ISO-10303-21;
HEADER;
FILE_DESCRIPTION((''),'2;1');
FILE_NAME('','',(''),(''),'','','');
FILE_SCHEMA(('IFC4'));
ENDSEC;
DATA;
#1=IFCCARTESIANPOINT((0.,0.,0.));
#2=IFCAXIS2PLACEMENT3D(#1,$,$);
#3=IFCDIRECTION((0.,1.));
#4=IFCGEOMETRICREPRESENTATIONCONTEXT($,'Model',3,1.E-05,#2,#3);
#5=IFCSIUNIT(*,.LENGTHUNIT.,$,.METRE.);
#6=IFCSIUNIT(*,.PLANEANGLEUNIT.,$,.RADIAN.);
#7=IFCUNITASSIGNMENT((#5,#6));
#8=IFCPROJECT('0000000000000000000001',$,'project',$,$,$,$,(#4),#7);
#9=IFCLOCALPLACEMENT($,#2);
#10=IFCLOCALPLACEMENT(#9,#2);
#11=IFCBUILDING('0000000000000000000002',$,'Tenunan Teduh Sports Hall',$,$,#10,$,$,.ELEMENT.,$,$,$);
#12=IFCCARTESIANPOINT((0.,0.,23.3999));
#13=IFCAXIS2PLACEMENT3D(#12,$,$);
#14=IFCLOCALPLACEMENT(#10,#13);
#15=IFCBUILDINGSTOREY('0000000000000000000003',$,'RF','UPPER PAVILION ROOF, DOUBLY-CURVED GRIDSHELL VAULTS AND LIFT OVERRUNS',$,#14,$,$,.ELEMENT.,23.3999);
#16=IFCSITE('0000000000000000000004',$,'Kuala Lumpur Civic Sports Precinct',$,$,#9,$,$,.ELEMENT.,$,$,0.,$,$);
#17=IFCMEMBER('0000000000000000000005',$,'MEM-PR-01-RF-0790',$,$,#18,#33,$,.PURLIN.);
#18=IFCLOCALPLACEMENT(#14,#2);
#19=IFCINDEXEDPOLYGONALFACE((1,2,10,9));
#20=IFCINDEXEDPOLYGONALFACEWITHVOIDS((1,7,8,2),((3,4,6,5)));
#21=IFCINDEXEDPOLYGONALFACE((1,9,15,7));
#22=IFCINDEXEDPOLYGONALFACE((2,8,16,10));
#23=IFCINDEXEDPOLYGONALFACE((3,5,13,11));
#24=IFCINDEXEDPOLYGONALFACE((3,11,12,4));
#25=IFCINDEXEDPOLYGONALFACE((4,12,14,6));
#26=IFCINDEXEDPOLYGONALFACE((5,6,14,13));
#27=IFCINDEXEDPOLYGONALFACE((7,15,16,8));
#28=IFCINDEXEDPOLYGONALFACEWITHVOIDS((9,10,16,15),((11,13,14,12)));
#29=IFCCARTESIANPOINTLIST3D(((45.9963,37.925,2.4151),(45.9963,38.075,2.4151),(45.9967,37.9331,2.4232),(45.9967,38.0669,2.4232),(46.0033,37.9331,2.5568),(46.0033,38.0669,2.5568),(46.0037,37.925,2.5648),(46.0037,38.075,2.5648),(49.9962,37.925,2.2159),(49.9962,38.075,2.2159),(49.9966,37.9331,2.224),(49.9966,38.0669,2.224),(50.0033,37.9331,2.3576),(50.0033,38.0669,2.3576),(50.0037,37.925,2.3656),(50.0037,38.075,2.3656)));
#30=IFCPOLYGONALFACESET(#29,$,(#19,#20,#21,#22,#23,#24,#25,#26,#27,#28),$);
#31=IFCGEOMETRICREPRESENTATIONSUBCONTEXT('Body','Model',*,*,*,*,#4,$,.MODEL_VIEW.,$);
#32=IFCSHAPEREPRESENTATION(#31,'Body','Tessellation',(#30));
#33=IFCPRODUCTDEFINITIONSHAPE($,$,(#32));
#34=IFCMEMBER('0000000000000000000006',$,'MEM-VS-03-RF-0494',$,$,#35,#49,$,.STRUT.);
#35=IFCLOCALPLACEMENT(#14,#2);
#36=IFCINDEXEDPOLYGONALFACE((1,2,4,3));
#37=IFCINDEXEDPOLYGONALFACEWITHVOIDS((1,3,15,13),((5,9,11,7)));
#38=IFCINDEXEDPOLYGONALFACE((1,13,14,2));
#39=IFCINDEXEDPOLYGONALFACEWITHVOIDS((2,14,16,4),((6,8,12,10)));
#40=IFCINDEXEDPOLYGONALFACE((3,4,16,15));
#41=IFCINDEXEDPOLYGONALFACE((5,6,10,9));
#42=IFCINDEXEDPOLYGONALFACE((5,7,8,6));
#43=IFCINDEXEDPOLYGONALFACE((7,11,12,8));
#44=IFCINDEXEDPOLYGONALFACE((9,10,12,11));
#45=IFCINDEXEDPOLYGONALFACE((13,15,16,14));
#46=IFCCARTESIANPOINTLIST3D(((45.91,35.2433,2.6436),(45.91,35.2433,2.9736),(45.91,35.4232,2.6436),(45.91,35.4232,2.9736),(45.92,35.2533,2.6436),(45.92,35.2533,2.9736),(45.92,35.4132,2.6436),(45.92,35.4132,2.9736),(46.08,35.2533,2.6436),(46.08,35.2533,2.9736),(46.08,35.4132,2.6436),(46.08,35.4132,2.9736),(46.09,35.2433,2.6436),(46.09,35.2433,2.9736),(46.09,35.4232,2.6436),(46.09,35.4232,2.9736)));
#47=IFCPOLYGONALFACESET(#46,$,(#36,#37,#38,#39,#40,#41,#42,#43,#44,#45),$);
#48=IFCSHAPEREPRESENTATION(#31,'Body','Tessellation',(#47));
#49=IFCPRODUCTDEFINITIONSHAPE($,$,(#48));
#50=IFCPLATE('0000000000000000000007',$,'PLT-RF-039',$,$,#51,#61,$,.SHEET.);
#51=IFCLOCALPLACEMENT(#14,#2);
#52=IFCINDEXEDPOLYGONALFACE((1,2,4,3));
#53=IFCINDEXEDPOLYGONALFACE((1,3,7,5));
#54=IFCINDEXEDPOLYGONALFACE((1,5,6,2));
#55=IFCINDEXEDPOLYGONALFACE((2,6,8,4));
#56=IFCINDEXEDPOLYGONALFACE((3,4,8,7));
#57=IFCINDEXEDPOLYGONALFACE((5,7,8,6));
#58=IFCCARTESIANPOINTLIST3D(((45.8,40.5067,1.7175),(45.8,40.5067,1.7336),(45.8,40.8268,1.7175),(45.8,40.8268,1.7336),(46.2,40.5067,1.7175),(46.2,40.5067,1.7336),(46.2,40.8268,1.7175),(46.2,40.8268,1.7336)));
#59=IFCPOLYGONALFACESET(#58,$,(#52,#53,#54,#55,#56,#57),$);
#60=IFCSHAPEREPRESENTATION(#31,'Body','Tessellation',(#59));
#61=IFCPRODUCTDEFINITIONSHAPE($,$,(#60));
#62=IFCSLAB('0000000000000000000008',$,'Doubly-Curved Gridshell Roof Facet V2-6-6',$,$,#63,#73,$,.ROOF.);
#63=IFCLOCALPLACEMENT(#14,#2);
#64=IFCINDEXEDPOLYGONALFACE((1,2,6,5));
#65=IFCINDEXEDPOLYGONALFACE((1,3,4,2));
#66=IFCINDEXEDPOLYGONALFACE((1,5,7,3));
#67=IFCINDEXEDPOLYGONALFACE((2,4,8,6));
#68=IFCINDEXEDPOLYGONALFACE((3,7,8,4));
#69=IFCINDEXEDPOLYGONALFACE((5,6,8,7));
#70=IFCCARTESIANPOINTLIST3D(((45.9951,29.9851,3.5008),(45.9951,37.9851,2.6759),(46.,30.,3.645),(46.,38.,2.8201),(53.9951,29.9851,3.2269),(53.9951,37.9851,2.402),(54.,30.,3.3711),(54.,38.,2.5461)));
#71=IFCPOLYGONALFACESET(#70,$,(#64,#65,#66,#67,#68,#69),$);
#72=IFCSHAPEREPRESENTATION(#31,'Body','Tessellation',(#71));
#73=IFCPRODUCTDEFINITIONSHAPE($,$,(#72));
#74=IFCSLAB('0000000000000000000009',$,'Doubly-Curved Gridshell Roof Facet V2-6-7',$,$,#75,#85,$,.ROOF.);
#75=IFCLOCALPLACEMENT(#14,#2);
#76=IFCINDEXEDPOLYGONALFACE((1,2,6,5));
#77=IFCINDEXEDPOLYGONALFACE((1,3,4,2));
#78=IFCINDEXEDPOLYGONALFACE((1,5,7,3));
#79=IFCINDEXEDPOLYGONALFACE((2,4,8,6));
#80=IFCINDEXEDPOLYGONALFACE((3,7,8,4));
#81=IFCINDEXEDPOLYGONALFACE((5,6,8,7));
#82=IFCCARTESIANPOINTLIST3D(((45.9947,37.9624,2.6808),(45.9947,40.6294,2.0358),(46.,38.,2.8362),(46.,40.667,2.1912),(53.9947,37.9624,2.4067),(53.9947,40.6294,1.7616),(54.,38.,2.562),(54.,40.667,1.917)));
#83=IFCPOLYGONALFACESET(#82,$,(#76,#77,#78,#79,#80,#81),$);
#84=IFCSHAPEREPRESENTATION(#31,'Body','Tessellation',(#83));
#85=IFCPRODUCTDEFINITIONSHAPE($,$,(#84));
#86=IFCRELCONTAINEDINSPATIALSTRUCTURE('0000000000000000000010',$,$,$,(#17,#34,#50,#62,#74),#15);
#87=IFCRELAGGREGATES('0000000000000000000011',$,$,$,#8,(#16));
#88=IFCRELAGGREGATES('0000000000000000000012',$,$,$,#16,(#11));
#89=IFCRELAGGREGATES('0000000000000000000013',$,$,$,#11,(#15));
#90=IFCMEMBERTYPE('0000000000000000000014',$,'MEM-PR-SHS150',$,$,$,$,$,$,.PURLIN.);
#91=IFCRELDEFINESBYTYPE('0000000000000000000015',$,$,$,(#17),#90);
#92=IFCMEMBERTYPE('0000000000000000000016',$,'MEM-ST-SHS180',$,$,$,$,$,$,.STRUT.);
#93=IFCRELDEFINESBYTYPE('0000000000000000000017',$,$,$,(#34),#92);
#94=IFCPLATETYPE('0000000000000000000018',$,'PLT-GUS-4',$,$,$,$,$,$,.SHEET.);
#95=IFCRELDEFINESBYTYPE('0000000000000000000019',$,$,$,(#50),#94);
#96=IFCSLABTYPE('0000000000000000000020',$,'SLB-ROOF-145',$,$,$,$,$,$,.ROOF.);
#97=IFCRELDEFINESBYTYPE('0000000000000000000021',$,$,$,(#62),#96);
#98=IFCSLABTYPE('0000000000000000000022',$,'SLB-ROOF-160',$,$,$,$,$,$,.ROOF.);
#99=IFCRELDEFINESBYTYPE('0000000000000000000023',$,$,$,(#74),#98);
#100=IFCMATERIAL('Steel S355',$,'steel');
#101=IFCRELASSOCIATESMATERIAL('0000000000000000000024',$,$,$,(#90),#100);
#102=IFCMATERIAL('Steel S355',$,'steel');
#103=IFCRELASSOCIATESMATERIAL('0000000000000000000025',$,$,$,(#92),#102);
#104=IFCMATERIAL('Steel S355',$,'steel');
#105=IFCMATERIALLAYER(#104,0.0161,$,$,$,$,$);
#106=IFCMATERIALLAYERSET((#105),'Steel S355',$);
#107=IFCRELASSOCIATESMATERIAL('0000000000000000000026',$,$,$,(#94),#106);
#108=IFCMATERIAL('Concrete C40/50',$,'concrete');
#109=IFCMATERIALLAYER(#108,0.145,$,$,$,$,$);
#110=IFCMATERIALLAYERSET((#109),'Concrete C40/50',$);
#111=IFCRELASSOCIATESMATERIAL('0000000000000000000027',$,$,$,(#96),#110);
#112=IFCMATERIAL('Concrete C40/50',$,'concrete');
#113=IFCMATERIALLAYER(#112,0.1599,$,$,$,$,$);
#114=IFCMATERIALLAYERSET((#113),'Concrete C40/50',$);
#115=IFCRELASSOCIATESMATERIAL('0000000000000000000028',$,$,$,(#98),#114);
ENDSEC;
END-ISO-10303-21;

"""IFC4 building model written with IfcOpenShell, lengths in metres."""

from ifc_helpers import new_model, si_unit, direction, frame, origin, origin_2d, place, context, subcontext, project, spatial, polyline, rectangle, hollow_rectangle, outline, extrude, material, layer, layer_set, material_profile, profile_set, type_object, element, save


model = new_model("IFC4")

# Units and contexts
model_context = context("Model", 3, precision=1e-05, world=origin(), true_north=direction((0.0, 1.0)))
body_context = subcontext(model_context, "Body", "Model", "MODEL_VIEW")
ifc_project = project(units=[si_unit("LENGTHUNIT", "METRE"), si_unit("PLANEANGLEUNIT", "RADIAN")], contexts=[model_context])

# Site, building, storey
site_placement = place(None, origin())
site = spatial("IfcSite", under=ifc_project, at=site_placement, Name="Kuala Lumpur Civic Sports Precinct", CompositionType="ELEMENT", RefElevation=0.0)
building_placement = place(site_placement, origin())
building = spatial("IfcBuilding", under=site, at=building_placement, Name="Tenunan Teduh Sports Hall", CompositionType="ELEMENT")
storey_placement = place(building_placement, frame((0.0, 0.0, 23.3999)))
storey = spatial("IfcBuildingStorey", under=building, at=storey_placement, Name="RF", Description="UPPER PAVILION ROOF, DOUBLY-CURVED GRIDSHELL VAULTS AND LIFT OVERRUNS", CompositionType="ELEMENT", Elevation=23.3999)

# Members
ifc_material_1 = material(Name="Steel S355", Category="steel")
ifc_material_profile_1 = material_profile(ifc_material_1, hollow_rectangle(XDim=0.1499, YDim=0.1499, WallThickness=0.0081, at=origin_2d()), Name="SHS 150x150x8.0")
ifc_profile_set_1 = profile_set([ifc_material_profile_1], Name="Steel S355")
member_type_1 = type_object("IfcMemberType", Name="MEM-PR-SHS150", PredefinedType="PURLIN", material=ifc_profile_set_1)
for number, where, z_axis, x_axis, name in (
    (1, (46.0, 38.0, 2.49), (0.998762, 0.0, -0.049743), (0.0, 1.0, 0.0), "MEM-PR-01-RF-0790"),
):
    element("IfcMember", number, at=place(storey_placement, frame(where, z_axis=z_axis, x_axis=x_axis)), inside=storey, type_object=member_type_1, Name=name, PredefinedType="PURLIN", context=body_context, shape_type="SweptSolid", body=[
        extrude(hollow_rectangle(XDim=0.1499, YDim=0.1499, WallThickness=0.0081, at=origin_2d()), origin(), (0.0, 0.0, 1.0), 4.0049),
    ])
ifc_material_2 = material(Name="Steel S355", Category="steel")
ifc_material_profile_2 = material_profile(ifc_material_2, hollow_rectangle(XDim=0.1799, YDim=0.1799, WallThickness=0.01, at=origin_2d()), Name="SHS 180x180x10.0")
ifc_profile_set_2 = profile_set([ifc_material_profile_2], Name="Steel S355")
member_type_2 = type_object("IfcMemberType", Name="MEM-ST-SHS180", PredefinedType="STRUT", material=ifc_profile_set_2)
member_1_placement = place(storey_placement, frame((46.0, 35.3333, 2.6436), z_axis=(0.0, 0.0, 1.0), x_axis=(1.0, 0.0, 0.0)))
element("IfcMember", 2, at=member_1_placement, inside=storey, type_object=member_type_2, Name="MEM-VS-03-RF-0494", PredefinedType="STRUT", context=body_context, shape_type="SweptSolid", body=[
    extrude(hollow_rectangle(XDim=0.1799, YDim=0.1799, WallThickness=0.01, at=origin_2d()), origin(), (0.0, 0.0, 1.0), 0.3301),
])

# Plate
ifc_material_3 = material(Name="Steel S355", Category="steel")
ifc_layer_1 = layer(ifc_material_3, 0.0161)
ifc_layer_set_1 = layer_set([ifc_layer_1], Name="Steel S355")
plate_type = type_object("IfcPlateType", Name="PLT-GUS-4", PredefinedType="SHEET", material=ifc_layer_set_1)
plate_placement = place(storey_placement, frame((46.0, 40.6667, 1.7175), z_axis=(0.0, 0.0, 1.0), x_axis=(1.0, 0.0, 0.0)))
element("IfcPlate", 3, at=plate_placement, inside=storey, type_object=plate_type, Name="PLT-RF-039", PredefinedType="SHEET", context=body_context, shape_type="SweptSolid", body=[
    extrude(rectangle(XDim=0.3999, YDim=0.3201, at=origin_2d()), origin(), (0.0, 0.0, 1.0), 0.0161),
])

# Slabs
ifc_material_4 = material(Name="Concrete C40/50", Category="concrete")
ifc_layer_2 = layer(ifc_material_4, 0.145)
ifc_layer_set_2 = layer_set([ifc_layer_2], Name="Concrete C40/50")
slab_type_1 = type_object("IfcSlabType", Name="SLB-ROOF-145", PredefinedType="ROOF", material=ifc_layer_set_2)
slab_1_placement = place(storey_placement, frame((46.0, 30.0, 3.645), z_axis=(0.03404, 0.102516, 0.994149), x_axis=(0.999414, 0.0, -0.034221)))
element("IfcSlab", 4, at=slab_1_placement, inside=storey, type_object=slab_type_1, Name="Doubly-Curved Gridshell Roof Facet V2-6-6", PredefinedType="ROOF", context=body_context, shape_type="SweptSolid", body=[
    extrude(outline(polyline([(0.0, 0.0), (8.0047, 0.0), (8.0329, 8.0424), (0.0282, 8.0424), (0.0, 0.0)])), origin(), (0.0, 0.0, -1.0), 0.145),
])
ifc_material_5 = material(Name="Concrete C40/50", Category="concrete")
ifc_layer_3 = layer(ifc_material_5, 0.1599)
ifc_layer_set_3 = layer_set([ifc_layer_3], Name="Concrete C40/50")
slab_type_2 = type_object("IfcSlabType", Name="SLB-ROOF-160", PredefinedType="ROOF", material=ifc_layer_set_3)
slab_2_placement = place(storey_placement, frame((46.0, 38.0, 2.8362), z_axis=(0.033292, 0.234945, 0.971438), x_axis=(0.999413, 0.0, -0.034251)))
element("IfcSlab", 5, at=slab_2_placement, inside=storey, type_object=slab_type_2, Name="Doubly-Curved Gridshell Roof Facet V2-6-7", PredefinedType="ROOF", context=body_context, shape_type="SweptSolid", body=[
    extrude(outline(polyline([(0.0, 0.0), (8.0047, 0.0), (8.0268, 2.7438), (0.0221, 2.7438), (0.0, 0.0)])), origin(), (0.0, 0.0, -1.0), 0.1599),
])

save(model, "model.ifc")
